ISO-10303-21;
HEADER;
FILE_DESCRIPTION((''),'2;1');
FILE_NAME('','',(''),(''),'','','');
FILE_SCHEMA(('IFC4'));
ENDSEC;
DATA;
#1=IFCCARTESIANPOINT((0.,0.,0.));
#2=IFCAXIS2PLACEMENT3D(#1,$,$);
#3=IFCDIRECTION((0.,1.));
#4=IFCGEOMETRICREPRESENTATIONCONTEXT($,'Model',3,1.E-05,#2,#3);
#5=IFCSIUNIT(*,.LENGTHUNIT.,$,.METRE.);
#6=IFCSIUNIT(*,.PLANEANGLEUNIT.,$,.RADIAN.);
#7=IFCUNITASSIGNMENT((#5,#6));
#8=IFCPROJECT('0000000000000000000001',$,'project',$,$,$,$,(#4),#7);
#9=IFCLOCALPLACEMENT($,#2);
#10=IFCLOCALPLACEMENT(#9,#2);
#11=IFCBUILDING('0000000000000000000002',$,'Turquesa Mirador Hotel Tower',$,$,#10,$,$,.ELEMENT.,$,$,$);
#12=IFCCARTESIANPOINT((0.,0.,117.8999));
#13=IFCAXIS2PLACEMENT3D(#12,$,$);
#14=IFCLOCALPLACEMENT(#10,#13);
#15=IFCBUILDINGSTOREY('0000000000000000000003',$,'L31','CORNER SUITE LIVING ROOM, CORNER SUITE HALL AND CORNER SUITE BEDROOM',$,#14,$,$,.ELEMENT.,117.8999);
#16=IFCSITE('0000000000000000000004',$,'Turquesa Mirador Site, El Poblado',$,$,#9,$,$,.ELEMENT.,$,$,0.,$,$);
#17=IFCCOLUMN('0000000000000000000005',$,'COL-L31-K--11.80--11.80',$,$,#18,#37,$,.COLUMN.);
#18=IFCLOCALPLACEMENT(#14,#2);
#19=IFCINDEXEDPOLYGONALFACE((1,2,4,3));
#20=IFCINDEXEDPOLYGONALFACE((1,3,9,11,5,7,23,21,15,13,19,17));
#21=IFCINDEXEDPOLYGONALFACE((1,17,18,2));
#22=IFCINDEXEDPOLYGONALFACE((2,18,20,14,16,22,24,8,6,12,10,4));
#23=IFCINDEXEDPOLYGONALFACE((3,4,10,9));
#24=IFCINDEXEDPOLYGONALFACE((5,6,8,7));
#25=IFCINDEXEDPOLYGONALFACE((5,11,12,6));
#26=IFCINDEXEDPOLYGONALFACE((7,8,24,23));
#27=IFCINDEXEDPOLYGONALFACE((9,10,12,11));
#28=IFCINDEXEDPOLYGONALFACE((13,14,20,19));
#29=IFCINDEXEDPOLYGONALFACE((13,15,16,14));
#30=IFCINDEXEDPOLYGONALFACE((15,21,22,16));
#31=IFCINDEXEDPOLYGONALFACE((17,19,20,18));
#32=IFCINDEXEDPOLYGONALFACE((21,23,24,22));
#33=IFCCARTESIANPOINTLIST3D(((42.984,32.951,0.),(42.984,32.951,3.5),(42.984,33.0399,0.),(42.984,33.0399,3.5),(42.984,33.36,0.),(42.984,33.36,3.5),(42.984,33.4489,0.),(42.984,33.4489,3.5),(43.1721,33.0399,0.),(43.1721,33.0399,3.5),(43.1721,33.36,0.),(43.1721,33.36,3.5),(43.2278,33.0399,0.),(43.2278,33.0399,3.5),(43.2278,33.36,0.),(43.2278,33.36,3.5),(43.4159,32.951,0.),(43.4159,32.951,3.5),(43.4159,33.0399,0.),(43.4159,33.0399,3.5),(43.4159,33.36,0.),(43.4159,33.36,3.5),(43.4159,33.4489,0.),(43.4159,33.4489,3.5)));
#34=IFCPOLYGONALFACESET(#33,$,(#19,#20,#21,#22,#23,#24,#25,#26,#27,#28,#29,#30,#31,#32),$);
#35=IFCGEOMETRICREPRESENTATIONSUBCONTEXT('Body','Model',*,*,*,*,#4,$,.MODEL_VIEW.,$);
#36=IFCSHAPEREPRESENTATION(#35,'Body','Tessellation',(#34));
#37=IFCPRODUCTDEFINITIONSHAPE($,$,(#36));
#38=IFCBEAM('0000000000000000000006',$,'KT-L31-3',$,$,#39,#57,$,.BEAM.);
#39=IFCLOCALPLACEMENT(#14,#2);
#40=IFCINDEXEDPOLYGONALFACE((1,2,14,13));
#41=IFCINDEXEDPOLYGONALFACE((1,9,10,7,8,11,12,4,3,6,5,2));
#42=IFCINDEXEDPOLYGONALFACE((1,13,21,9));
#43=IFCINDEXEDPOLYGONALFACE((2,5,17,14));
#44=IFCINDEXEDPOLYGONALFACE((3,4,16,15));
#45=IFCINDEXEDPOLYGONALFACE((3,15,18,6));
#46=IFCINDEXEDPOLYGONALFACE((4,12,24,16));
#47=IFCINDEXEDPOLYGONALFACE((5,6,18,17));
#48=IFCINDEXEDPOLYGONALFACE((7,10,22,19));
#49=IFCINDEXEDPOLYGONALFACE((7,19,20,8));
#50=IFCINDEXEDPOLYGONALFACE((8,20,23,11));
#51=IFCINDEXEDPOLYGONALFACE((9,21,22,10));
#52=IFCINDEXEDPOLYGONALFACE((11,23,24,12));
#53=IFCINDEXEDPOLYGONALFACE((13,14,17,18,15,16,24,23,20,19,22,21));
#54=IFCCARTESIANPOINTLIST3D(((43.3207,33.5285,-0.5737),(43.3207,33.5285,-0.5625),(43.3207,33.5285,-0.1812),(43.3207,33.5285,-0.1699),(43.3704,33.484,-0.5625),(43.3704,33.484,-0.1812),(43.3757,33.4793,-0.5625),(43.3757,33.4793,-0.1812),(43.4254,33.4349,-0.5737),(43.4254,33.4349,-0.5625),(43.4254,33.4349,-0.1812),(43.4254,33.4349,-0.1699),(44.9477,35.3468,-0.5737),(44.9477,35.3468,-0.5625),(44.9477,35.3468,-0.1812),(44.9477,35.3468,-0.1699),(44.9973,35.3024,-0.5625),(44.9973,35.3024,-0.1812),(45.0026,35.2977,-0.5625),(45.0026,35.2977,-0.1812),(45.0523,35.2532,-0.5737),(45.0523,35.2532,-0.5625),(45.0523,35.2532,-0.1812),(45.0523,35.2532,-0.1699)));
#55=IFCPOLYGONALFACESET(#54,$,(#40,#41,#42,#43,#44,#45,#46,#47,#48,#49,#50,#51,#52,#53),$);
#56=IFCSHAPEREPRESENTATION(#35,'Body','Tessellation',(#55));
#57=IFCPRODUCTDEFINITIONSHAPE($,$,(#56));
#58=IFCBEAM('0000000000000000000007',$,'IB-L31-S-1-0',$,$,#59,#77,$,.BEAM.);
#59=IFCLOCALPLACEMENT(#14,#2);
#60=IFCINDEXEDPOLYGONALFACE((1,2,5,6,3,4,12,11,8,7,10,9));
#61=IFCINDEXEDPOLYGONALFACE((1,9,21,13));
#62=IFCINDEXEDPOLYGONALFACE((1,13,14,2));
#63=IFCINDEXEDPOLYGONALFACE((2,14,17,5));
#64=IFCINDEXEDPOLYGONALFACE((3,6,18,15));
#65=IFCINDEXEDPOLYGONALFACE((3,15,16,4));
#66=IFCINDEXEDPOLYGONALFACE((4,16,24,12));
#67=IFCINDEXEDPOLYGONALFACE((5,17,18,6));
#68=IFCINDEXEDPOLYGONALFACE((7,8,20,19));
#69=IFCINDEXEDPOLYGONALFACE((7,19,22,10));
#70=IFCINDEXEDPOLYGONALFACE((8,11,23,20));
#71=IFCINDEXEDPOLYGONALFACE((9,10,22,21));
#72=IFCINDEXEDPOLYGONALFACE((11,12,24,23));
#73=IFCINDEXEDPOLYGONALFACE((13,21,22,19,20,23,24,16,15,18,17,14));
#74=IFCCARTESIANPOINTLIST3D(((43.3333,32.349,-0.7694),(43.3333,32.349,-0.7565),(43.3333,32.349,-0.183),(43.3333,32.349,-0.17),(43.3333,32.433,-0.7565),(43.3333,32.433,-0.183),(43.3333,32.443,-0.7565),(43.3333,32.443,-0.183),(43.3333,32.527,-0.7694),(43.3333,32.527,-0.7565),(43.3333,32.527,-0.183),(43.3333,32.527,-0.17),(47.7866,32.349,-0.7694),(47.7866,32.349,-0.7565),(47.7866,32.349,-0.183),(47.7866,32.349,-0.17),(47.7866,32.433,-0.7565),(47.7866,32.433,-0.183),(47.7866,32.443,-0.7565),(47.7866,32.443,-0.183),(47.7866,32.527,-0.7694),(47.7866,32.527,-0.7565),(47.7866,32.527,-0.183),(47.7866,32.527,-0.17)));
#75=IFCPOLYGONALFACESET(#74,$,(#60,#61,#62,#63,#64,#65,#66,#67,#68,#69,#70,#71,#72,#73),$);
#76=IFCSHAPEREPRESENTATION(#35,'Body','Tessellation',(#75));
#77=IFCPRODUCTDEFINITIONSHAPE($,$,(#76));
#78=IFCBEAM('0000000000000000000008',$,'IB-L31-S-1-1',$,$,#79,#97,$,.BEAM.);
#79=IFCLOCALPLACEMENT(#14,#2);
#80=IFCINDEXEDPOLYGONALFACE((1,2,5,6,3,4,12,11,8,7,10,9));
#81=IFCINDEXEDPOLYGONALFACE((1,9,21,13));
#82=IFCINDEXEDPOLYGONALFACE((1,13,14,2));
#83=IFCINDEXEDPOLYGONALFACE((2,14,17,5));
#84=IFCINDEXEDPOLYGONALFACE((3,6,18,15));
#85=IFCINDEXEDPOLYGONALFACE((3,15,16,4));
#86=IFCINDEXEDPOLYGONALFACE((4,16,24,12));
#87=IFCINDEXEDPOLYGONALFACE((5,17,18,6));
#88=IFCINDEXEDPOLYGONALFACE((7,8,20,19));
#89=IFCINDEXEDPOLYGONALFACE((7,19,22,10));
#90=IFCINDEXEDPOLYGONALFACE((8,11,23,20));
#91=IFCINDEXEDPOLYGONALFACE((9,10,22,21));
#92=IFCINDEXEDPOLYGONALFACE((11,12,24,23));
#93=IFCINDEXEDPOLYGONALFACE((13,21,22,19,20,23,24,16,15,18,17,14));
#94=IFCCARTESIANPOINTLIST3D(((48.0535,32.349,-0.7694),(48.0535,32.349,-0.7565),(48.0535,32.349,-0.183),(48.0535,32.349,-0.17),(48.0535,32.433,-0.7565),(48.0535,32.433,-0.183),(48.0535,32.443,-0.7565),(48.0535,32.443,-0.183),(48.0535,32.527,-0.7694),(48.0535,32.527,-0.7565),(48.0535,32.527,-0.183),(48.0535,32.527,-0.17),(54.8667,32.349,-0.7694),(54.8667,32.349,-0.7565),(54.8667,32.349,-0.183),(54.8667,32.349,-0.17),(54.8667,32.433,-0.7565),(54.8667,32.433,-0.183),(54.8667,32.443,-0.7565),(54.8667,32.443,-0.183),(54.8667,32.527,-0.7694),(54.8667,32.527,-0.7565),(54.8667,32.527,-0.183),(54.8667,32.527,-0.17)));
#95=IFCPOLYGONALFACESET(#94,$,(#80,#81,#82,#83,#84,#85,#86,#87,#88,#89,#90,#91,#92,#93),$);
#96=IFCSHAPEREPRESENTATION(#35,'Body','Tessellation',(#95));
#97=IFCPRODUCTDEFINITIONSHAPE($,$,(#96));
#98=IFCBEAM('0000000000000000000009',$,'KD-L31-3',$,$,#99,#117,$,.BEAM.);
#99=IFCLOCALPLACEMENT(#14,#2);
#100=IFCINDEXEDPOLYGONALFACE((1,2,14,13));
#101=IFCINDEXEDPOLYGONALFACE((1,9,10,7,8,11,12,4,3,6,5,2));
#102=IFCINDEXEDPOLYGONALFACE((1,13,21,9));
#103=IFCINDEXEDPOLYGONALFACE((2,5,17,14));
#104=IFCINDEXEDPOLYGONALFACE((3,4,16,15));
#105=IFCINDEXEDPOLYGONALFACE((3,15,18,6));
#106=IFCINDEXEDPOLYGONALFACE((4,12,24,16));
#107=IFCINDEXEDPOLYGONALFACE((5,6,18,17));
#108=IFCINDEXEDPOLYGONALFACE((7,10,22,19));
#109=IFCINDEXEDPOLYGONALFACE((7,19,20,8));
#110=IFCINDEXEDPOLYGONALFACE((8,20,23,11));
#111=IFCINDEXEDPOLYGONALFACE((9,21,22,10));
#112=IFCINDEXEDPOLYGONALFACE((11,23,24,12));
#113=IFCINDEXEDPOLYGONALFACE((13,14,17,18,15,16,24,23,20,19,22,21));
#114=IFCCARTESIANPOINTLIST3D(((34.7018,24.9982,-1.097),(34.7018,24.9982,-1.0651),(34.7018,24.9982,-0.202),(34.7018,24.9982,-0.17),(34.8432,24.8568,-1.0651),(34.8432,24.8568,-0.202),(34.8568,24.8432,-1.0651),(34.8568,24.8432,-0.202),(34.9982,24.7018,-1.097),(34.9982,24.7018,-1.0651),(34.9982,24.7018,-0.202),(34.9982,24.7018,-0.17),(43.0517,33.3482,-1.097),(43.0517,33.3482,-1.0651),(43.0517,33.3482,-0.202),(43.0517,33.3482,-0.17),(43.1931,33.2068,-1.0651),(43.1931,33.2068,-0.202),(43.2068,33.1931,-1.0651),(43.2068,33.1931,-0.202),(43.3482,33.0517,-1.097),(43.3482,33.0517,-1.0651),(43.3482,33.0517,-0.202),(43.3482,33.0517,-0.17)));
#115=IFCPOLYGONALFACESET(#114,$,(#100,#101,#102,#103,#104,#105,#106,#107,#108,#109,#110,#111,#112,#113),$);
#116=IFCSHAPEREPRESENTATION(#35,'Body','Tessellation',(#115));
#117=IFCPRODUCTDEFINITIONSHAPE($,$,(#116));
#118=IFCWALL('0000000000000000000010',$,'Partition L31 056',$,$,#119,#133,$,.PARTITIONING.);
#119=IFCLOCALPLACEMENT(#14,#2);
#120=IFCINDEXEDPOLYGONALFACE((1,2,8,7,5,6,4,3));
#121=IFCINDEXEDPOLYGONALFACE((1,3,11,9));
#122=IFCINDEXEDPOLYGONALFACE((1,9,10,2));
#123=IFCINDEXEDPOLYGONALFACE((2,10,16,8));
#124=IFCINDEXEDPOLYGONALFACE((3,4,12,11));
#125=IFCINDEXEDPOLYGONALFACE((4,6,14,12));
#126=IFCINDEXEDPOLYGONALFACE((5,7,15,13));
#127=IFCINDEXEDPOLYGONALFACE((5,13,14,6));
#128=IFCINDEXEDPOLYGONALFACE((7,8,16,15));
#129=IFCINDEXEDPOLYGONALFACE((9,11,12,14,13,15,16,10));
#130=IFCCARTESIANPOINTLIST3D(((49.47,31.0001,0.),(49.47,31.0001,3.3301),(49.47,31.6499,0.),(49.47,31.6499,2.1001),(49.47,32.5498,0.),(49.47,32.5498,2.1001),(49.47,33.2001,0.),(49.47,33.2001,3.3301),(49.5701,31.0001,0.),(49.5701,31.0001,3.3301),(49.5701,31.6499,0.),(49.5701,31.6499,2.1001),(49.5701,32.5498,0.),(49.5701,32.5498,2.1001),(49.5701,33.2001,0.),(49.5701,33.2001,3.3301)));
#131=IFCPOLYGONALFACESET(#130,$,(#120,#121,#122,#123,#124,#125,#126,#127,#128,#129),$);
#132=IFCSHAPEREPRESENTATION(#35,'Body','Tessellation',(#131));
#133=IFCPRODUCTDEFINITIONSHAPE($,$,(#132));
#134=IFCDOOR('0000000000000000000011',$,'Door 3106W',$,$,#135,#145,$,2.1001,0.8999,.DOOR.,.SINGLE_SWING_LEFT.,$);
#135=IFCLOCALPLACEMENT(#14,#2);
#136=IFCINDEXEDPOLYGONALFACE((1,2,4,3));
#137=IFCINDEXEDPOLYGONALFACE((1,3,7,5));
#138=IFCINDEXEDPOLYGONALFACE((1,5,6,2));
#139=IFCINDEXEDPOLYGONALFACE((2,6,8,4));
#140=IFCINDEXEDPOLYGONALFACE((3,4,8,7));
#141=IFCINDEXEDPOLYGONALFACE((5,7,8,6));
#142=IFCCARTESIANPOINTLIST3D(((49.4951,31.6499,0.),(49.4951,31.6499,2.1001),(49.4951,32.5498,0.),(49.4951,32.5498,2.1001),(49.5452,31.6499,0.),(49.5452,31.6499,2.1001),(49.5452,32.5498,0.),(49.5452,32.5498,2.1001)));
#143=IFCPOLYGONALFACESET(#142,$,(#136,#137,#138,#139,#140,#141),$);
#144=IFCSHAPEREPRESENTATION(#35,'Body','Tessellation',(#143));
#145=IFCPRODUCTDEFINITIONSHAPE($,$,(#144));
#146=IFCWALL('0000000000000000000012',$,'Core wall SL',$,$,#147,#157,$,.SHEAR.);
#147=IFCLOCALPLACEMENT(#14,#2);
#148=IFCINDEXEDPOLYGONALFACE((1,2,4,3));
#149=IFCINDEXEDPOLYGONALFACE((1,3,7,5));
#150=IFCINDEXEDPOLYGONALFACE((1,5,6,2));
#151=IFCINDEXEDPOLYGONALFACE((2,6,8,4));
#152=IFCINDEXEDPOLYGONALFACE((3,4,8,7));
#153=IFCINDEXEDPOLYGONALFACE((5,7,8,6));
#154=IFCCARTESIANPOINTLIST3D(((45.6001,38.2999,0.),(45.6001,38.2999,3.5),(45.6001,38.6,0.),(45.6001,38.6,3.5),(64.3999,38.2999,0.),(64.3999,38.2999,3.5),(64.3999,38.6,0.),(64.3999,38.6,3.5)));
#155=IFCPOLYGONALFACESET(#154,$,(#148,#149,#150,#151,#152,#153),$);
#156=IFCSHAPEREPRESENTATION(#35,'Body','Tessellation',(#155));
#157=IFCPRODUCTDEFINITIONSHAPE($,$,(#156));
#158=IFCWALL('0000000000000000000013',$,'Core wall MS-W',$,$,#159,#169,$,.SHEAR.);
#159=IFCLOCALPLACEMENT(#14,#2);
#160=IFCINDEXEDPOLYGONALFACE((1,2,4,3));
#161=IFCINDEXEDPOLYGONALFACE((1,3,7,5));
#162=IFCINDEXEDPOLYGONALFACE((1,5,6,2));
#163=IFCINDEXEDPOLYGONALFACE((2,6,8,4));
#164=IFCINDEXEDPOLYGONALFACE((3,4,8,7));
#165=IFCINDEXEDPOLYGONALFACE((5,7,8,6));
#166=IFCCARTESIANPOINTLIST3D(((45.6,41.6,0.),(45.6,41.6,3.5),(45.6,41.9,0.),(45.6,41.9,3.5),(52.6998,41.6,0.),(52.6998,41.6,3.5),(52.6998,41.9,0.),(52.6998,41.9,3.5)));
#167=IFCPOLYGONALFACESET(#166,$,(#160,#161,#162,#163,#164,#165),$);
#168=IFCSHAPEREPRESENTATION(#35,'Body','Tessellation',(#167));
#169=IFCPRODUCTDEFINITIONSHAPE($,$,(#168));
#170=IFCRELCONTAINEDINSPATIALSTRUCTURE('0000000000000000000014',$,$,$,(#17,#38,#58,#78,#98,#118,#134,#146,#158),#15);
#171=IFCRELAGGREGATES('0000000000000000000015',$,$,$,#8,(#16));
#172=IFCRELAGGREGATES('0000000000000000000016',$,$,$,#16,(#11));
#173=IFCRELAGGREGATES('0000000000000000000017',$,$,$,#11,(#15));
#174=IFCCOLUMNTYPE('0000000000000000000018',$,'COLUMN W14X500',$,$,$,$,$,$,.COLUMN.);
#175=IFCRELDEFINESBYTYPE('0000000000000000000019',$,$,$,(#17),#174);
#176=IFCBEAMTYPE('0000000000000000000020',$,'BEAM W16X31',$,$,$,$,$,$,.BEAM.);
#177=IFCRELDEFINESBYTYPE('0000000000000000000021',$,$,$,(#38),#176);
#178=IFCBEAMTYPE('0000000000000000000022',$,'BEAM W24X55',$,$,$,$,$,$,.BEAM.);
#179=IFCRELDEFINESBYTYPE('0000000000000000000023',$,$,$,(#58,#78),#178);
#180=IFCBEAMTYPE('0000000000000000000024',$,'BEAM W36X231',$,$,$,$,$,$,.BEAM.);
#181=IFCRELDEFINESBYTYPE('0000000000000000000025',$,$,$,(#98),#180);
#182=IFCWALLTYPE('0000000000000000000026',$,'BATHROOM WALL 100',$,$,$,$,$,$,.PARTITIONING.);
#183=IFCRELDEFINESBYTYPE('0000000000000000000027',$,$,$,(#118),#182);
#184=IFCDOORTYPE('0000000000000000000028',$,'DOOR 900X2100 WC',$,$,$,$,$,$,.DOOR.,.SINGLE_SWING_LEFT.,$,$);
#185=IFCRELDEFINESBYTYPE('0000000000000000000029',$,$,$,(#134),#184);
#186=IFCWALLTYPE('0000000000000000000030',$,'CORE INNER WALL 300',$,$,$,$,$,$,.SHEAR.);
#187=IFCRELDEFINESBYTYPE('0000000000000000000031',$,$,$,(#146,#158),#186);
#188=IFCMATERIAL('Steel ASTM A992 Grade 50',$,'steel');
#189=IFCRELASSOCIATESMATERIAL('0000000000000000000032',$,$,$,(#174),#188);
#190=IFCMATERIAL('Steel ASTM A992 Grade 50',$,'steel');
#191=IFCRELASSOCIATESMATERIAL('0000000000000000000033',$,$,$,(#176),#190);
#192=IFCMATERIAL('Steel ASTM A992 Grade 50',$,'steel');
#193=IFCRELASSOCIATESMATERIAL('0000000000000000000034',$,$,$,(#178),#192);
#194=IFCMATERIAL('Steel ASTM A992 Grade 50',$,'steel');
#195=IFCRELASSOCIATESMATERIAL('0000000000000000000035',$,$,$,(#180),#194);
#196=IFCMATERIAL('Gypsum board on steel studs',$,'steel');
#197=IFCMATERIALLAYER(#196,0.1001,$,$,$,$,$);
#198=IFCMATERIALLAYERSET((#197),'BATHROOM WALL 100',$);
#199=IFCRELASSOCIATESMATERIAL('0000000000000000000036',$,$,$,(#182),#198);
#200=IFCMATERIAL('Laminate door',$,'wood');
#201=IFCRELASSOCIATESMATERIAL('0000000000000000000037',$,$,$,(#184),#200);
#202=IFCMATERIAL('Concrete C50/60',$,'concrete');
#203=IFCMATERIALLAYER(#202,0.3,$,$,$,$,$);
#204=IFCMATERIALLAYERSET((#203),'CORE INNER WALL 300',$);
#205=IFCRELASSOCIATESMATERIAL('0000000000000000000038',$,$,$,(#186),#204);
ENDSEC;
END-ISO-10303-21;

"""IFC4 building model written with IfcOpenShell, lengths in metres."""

from ifc_helpers import new_model, si_unit, direction, frame, frame_2d, origin, origin_2d, place, context, subcontext, project, spatial, rectangle, i_section, extrude, material, layer, layer_set, material_profile, profile_set, type_object, element, fill, save


model = new_model("IFC4")

# Units and contexts
model_context = context("Model", 3, precision=1e-05, world=origin(), true_north=direction((0.0, 1.0)))
body_context = subcontext(model_context, "Body", "Model", "MODEL_VIEW")
ifc_project = project(units=[si_unit("LENGTHUNIT", "METRE"), si_unit("PLANEANGLEUNIT", "RADIAN")], contexts=[model_context])

# Site, building, storey
site_placement = place(None, origin())
site = spatial("IfcSite", under=ifc_project, at=site_placement, Name="Turquesa Mirador Site, El Poblado", CompositionType="ELEMENT", RefElevation=0.0)
building_placement = place(site_placement, origin())
building = spatial("IfcBuilding", under=site, at=building_placement, Name="Turquesa Mirador Hotel Tower", CompositionType="ELEMENT")
storey_placement = place(building_placement, frame((0.0, 0.0, 117.8999)))
storey = spatial("IfcBuildingStorey", under=building, at=storey_placement, Name="L31", Description="CORNER SUITE LIVING ROOM, CORNER SUITE HALL AND CORNER SUITE BEDROOM", CompositionType="ELEMENT", Elevation=117.8999)

# Column
ifc_material_1 = material(Name="Steel ASTM A992 Grade 50", Category="steel")
ifc_material_profile_1 = material_profile(ifc_material_1, i_section(OverallWidth=0.4319, OverallDepth=0.4978, WebThickness=0.0557, FlangeThickness=0.0889, at=origin_2d()), Name="W14X500")
ifc_profile_set_1 = profile_set([ifc_material_profile_1], Name="Steel ASTM A992 Grade 50")
column_type = type_object("IfcColumnType", Name="COLUMN W14X500", PredefinedType="COLUMN", material=ifc_profile_set_1)
column_placement = place(storey_placement, frame((43.2, 33.2, 0.0), z_axis=(0.0, 0.0, 1.0), x_axis=(1.0, 0.0, 0.0)))
element("IfcColumn", 1, at=column_placement, inside=storey, type_object=column_type, Name="COL-L31-K--11.80--11.80", PredefinedType="COLUMN", context=body_context, shape_type="SweptSolid", body=[
    extrude(i_section(OverallWidth=0.4319, OverallDepth=0.4978, WebThickness=0.0557, FlangeThickness=0.0889, at=origin_2d()), origin(), (0.0, 0.0, 1.0), 3.5),
])

# Beams
ifc_material_2 = material(Name="Steel ASTM A992 Grade 50", Category="steel")
ifc_material_profile_2 = material_profile(ifc_material_2, i_section(OverallWidth=0.1404, OverallDepth=0.4038, WebThickness=0.0071, FlangeThickness=0.0112, at=origin_2d()), Name="W16X31")
ifc_profile_set_2 = profile_set([ifc_material_profile_2], Name="Steel ASTM A992 Grade 50")
beam_type_1 = type_object("IfcBeamType", Name="BEAM W16X31", PredefinedType="BEAM", material=ifc_profile_set_2)
beam_1_placement = place(storey_placement, frame((43.373, 33.4817, -0.3718), z_axis=(0.666795, 0.745241, 0.0), x_axis=(-0.745241, 0.666795, 0.0)))
element("IfcBeam", 2, at=beam_1_placement, inside=storey, type_object=beam_type_1, Name="KT-L31-3", PredefinedType="BEAM", context=body_context, shape_type="SweptSolid", body=[
    extrude(i_section(OverallWidth=0.1404, OverallDepth=0.4038, WebThickness=0.0071, FlangeThickness=0.0112, at=origin_2d()), origin(), (0.0, 0.0, 1.0), 2.4399),
])
ifc_material_3 = material(Name="Steel ASTM A992 Grade 50", Category="steel")
ifc_material_profile_3 = material_profile(ifc_material_3, i_section(OverallWidth=0.178, OverallDepth=0.5994, WebThickness=0.01, FlangeThickness=0.0129, at=origin_2d()), Name="W24X55")
ifc_profile_set_3 = profile_set([ifc_material_profile_3], Name="Steel ASTM A992 Grade 50")
beam_type_2 = type_object("IfcBeamType", Name="BEAM W24X55", PredefinedType="BEAM", material=ifc_profile_set_3)
beam_2_placement = place(storey_placement, frame((43.3333, 32.438, -0.4697), z_axis=(1.0, 0.0, 0.0), x_axis=(0.0, 1.0, 0.0)))
element("IfcBeam", 3, at=beam_2_placement, inside=storey, type_object=beam_type_2, Name="IB-L31-S-1-0", PredefinedType="BEAM", context=body_context, shape_type="SweptSolid", body=[
    extrude(i_section(OverallWidth=0.178, OverallDepth=0.5994, WebThickness=0.01, FlangeThickness=0.0129, at=origin_2d()), origin(), (0.0, 0.0, 1.0), 4.4534),
])
beam_3_placement = place(storey_placement, frame((48.0535, 32.438, -0.4697), z_axis=(1.0, 0.0, 0.0), x_axis=(0.0, 1.0, 0.0)))
element("IfcBeam", 4, at=beam_3_placement, inside=storey, type_object=beam_type_2, Name="IB-L31-S-1-1", PredefinedType="BEAM", context=body_context, shape_type="SweptSolid", body=[
    extrude(i_section(OverallWidth=0.178, OverallDepth=0.5994, WebThickness=0.01, FlangeThickness=0.0129, at=origin_2d()), origin(), (0.0, 0.0, 1.0), 6.8132),
])
ifc_material_4 = material(Name="Steel ASTM A992 Grade 50", Category="steel")
ifc_material_profile_4 = material_profile(ifc_material_4, i_section(OverallWidth=0.4192, OverallDepth=0.927, WebThickness=0.0193, FlangeThickness=0.032, at=origin_2d()), Name="W36X231")
ifc_profile_set_4 = profile_set([ifc_material_profile_4], Name="Steel ASTM A992 Grade 50")
beam_type_3 = type_object("IfcBeamType", Name="BEAM W36X231", PredefinedType="BEAM", material=ifc_profile_set_4)
beam_4_placement = place(storey_placement, frame((43.2, 33.2, -0.6335), z_axis=(-0.707107, -0.707107, 0.0), x_axis=(0.707107, -0.707107, 0.0)))
element("IfcBeam", 5, at=beam_4_placement, inside=storey, type_object=beam_type_3, Name="KD-L31-3", PredefinedType="BEAM", context=body_context, shape_type="SweptSolid", body=[
    extrude(i_section(OverallWidth=0.4192, OverallDepth=0.927, WebThickness=0.0193, FlangeThickness=0.032, at=origin_2d()), origin(), (0.0, 0.0, 1.0), 11.8086),
])

# Wall, opening, door
ifc_material_5 = material(Name="Gypsum board on steel studs", Category="steel")
ifc_layer_1 = layer(ifc_material_5, 0.1001)
ifc_layer_set_1 = layer_set([ifc_layer_1], Name="BATHROOM WALL 100")
wall_type_1 = type_object("IfcWallType", Name="BATHROOM WALL 100", PredefinedType="PARTITIONING", material=ifc_layer_set_1)
wall_1_placement = place(storey_placement, frame((49.52, 31.0, 0.0), z_axis=(0.0, 0.0, 1.0), x_axis=(0.0, 1.0, 0.0)))
wall_1 = element("IfcWall", 6, at=wall_1_placement, inside=storey, type_object=wall_type_1, Name="Partition L31 056", PredefinedType="PARTITIONING", context=body_context, shape_type="SweptSolid", body=[
    extrude(rectangle(XDim=2.2, YDim=0.1001, at=frame_2d((1.1001, 0.0))), origin(), (0.0, 0.0, 1.0), 3.3301),
])
opening_1_placement = place(wall_1_placement, frame((0.6499, 0.0, 0.0)))
opening_1 = element("IfcOpeningElement", 7, at=opening_1_placement, cuts=wall_1, PredefinedType="OPENING", context=body_context, shape_type="SweptSolid", body=[
    extrude(rectangle(XDim=0.8999, YDim=2.1001, at=frame_2d((0.45, 1.05))), frame((0.0, 0.0601, 0.0), z_axis=(0.0, -1.0, 0.0), x_axis=(1.0, 0.0, 0.0)), (0.0, 0.0, 1.0), 0.1201),
])
ifc_material_6 = material(Name="Laminate door", Category="wood")
door_type_1 = type_object("IfcDoorType", Name="DOOR 900X2100 WC", OperationType="SINGLE_SWING_LEFT", PredefinedType="DOOR", material=ifc_material_6)
door_1_placement = place(opening_1_placement, origin())
door_1 = element("IfcDoor", 8, at=door_1_placement, inside=storey, type_object=door_type_1, Name="Door 3106W", OperationType="SINGLE_SWING_LEFT", OverallHeight=2.1001, OverallWidth=0.8999, PredefinedType="DOOR", context=body_context, shape_type="SweptSolid", body=[
    extrude(rectangle(XDim=0.8999, YDim=2.1001, at=frame_2d((0.45, 1.05))), frame((0.0, 0.0249, 0.0), z_axis=(0.0, -1.0, 0.0), x_axis=(1.0, 0.0, 0.0)), (0.0, 0.0, 1.0), 0.05),
])
fill(opening_1, door_1)

# Walls
ifc_material_7 = material(Name="Concrete C50/60", Category="concrete")
ifc_layer_2 = layer(ifc_material_7, 0.3)
ifc_layer_set_2 = layer_set([ifc_layer_2], Name="CORE INNER WALL 300")
wall_type_2 = type_object("IfcWallType", Name="CORE INNER WALL 300", PredefinedType="SHEAR", material=ifc_layer_set_2)
wall_2_placement = place(storey_placement, frame((45.6001, 38.45, 0.0), z_axis=(0.0, 0.0, 1.0), x_axis=(1.0, 0.0, 0.0)))
element("IfcWall", 9, at=wall_2_placement, inside=storey, type_object=wall_type_2, Name="Core wall SL", PredefinedType="SHEAR", context=body_context, shape_type="SweptSolid", body=[
    extrude(rectangle(XDim=18.7998, YDim=0.3, at=frame_2d((9.3999, 0.0))), origin(), (0.0, 0.0, 1.0), 3.5),
])
wall_3_placement = place(storey_placement, frame((45.6001, 41.75, 0.0), z_axis=(0.0, 0.0, 1.0), x_axis=(1.0, 0.0, 0.0)))
element("IfcWall", 10, at=wall_3_placement, inside=storey, type_object=wall_type_2, Name="Core wall MS-W", PredefinedType="SHEAR", context=body_context, shape_type="SweptSolid", body=[
    extrude(rectangle(XDim=7.0999, YDim=0.3, at=frame_2d((3.5498, 0.0))), origin(), (0.0, 0.0, 1.0), 3.5),
])

save(model, "model.ifc")
